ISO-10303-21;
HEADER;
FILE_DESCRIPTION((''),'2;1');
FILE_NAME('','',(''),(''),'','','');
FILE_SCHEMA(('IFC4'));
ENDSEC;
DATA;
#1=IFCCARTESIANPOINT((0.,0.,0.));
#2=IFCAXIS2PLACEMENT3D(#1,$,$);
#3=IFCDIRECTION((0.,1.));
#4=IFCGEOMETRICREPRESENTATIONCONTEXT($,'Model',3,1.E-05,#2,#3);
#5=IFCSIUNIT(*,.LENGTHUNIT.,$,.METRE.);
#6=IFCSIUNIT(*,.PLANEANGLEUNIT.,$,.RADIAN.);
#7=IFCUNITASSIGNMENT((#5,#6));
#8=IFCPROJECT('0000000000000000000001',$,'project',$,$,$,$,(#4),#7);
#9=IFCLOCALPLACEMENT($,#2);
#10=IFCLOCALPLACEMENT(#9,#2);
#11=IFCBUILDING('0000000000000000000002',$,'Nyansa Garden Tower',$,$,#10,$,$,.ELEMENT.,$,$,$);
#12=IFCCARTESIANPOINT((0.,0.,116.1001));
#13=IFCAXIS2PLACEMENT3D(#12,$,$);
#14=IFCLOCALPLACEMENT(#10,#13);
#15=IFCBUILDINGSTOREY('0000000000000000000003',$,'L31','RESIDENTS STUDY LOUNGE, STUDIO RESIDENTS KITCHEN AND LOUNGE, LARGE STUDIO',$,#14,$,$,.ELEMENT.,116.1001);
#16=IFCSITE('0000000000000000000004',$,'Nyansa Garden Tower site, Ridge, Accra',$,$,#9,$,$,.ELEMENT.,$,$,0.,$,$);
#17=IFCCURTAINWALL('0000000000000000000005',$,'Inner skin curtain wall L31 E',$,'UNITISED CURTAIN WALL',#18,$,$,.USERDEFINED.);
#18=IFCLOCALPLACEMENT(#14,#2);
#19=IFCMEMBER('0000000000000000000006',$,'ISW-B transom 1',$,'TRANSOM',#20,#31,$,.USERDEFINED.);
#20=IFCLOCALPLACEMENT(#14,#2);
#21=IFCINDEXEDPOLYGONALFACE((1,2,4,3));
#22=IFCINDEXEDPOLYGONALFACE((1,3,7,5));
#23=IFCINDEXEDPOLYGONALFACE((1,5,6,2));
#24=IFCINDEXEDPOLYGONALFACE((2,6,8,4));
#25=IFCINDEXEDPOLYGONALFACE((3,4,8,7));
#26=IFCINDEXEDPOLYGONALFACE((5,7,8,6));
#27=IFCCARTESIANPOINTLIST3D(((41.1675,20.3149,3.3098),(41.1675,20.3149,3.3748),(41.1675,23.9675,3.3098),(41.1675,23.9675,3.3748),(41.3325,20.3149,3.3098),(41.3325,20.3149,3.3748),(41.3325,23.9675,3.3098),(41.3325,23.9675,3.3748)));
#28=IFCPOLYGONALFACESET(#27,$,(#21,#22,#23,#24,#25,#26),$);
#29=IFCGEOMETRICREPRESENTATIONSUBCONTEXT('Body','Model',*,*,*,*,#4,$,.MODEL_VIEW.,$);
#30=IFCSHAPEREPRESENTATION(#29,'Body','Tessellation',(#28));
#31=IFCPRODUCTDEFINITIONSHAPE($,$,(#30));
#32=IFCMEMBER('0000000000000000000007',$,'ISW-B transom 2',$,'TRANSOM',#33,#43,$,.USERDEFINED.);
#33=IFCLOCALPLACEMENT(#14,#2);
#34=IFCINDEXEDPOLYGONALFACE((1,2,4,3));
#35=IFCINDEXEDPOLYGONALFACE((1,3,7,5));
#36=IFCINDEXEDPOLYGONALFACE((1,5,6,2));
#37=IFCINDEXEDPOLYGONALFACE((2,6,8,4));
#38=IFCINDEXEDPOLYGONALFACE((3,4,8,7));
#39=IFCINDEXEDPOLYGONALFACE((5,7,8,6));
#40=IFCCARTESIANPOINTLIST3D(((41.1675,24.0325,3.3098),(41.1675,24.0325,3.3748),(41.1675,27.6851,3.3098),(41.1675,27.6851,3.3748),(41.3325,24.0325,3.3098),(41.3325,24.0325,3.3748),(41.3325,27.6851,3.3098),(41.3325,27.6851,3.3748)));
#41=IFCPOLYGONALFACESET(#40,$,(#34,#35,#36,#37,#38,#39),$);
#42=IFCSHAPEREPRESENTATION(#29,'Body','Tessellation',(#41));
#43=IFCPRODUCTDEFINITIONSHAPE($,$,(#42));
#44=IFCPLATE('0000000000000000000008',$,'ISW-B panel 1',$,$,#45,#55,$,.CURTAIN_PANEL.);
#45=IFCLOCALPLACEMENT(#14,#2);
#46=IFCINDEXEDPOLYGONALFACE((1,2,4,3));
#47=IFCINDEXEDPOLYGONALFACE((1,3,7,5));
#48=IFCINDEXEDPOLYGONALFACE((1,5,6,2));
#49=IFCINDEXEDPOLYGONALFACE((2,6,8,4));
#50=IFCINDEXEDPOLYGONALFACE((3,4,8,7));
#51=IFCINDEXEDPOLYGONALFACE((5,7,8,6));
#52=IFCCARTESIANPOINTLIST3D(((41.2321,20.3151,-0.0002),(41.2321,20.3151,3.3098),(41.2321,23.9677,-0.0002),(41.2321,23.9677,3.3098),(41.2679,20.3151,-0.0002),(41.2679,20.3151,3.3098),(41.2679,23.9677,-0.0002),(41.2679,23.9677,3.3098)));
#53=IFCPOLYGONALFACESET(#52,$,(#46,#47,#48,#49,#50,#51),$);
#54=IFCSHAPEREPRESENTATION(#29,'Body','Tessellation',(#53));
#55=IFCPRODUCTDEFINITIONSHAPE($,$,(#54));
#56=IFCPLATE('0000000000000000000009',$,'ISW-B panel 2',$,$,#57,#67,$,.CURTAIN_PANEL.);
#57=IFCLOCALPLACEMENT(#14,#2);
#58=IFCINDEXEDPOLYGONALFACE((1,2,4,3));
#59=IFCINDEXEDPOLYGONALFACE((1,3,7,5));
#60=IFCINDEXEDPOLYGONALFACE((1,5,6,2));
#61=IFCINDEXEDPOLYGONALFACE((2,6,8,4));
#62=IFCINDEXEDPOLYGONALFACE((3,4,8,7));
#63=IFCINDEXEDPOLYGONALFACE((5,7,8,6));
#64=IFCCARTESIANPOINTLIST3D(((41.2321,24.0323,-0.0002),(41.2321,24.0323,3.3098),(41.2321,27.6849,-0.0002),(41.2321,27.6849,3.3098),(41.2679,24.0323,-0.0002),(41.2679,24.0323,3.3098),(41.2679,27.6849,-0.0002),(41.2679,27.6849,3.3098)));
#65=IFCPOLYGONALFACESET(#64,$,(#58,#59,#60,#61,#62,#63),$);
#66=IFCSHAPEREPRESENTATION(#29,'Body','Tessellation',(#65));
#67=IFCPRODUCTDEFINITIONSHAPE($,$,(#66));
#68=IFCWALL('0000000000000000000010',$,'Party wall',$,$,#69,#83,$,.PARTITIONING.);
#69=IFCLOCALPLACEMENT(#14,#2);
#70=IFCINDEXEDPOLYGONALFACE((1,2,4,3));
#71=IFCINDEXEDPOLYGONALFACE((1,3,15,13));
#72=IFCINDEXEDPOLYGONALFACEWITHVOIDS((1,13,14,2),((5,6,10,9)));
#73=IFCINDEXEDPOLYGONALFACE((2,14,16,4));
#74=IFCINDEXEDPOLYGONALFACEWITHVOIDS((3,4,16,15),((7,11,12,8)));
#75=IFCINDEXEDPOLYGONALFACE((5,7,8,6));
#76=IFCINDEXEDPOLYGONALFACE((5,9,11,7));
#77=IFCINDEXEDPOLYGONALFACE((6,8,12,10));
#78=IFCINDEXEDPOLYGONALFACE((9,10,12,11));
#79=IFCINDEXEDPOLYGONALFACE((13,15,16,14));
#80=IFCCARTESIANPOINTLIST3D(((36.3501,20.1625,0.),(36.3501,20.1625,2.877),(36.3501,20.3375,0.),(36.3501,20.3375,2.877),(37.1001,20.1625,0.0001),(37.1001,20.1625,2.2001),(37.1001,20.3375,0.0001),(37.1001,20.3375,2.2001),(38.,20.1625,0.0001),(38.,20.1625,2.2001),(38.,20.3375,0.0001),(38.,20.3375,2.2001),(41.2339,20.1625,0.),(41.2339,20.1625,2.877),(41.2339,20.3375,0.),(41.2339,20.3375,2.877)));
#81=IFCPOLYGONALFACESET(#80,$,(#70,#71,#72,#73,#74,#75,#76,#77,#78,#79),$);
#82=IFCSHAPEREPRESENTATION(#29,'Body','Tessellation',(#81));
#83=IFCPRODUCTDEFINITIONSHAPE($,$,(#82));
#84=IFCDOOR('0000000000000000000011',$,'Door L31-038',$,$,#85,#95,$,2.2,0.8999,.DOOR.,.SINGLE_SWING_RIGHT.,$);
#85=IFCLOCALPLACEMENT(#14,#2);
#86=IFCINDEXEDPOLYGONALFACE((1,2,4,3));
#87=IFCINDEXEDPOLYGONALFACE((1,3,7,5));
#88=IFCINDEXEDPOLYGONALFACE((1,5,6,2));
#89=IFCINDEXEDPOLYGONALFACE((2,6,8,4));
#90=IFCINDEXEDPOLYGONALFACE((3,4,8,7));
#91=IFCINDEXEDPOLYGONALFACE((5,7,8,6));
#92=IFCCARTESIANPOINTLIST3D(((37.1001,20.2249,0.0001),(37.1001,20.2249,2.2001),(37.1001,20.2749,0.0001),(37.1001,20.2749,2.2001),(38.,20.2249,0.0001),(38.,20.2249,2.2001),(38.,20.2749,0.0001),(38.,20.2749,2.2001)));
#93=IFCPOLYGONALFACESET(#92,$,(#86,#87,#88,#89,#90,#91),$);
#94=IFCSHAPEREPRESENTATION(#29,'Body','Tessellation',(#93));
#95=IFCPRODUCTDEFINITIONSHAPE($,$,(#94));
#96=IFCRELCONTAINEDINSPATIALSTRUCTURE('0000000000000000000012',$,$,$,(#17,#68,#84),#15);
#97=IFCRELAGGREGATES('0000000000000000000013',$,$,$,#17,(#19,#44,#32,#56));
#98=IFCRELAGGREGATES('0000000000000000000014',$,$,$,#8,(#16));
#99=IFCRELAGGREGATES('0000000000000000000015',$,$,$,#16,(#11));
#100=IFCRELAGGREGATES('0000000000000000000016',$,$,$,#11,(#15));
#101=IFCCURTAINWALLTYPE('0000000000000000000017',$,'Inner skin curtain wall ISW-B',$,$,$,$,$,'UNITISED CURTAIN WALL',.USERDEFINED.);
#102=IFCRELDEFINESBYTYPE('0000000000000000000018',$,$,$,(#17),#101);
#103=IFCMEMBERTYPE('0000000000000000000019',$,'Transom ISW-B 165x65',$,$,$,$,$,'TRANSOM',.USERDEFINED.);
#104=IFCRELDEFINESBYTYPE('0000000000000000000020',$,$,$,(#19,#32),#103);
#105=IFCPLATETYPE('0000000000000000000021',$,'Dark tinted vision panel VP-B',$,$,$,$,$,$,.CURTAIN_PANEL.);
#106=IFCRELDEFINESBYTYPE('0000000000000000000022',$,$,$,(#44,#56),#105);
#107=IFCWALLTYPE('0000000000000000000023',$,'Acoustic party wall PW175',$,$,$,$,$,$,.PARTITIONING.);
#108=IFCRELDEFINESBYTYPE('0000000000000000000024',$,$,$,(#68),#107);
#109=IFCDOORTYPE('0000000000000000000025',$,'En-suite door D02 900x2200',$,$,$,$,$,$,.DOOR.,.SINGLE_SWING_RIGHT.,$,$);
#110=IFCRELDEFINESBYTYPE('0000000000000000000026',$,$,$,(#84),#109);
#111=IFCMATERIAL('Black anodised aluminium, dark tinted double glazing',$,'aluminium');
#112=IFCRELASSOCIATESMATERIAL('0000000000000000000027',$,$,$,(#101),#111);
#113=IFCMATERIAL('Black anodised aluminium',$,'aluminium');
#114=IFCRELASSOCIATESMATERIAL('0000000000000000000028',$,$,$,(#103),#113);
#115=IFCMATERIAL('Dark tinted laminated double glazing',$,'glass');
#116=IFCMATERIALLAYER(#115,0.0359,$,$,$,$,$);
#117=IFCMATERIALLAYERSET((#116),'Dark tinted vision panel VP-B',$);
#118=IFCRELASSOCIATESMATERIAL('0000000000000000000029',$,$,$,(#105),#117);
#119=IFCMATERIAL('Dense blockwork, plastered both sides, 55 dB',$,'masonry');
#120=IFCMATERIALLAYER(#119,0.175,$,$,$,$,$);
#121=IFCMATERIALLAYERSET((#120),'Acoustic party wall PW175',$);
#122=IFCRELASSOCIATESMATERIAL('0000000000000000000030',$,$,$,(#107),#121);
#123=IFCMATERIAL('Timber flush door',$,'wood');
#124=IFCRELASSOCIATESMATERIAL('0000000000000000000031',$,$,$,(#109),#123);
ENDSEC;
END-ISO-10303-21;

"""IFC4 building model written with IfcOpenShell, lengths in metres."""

from ifc_helpers import new_model, si_unit, direction, frame, frame_2d, origin, origin_2d, place, context, subcontext, project, spatial, rectangle, extrude, material, layer, layer_set, material_profile, profile_set, type_object, element, fill, aggregate, save


model = new_model("IFC4")

# Units and contexts
model_context = context("Model", 3, precision=1e-05, world=origin(), true_north=direction((0.0, 1.0)))
body_context = subcontext(model_context, "Body", "Model", "MODEL_VIEW")
ifc_project = project(units=[si_unit("LENGTHUNIT", "METRE"), si_unit("PLANEANGLEUNIT", "RADIAN")], contexts=[model_context])

# Site, building, storey
site_placement = place(None, origin())
site = spatial("IfcSite", under=ifc_project, at=site_placement, Name="Nyansa Garden Tower site, Ridge, Accra", CompositionType="ELEMENT", RefElevation=0.0)
building_placement = place(site_placement, origin())
building = spatial("IfcBuilding", under=site, at=building_placement, Name="Nyansa Garden Tower", CompositionType="ELEMENT")
storey_placement = place(building_placement, frame((0.0, 0.0, 116.1001)))
storey = spatial("IfcBuildingStorey", under=building, at=storey_placement, Name="L31", Description="RESIDENTS STUDY LOUNGE, STUDIO RESIDENTS KITCHEN AND LOUNGE, LARGE STUDIO", CompositionType="ELEMENT", Elevation=116.1001)

# Curtain wall
ifc_material_1 = material(Name="Black anodised aluminium, dark tinted double glazing", Category="aluminium")
curtain_wall_type = type_object("IfcCurtainWallType", Name="Inner skin curtain wall ISW-B", ElementType="UNITISED CURTAIN WALL", PredefinedType="USERDEFINED", material=ifc_material_1)
curtain_wall_placement = place(storey_placement, origin())
curtain_wall = element("IfcCurtainWall", 1, at=curtain_wall_placement, inside=storey, type_object=curtain_wall_type, Name="Inner skin curtain wall L31 E", ObjectType="UNITISED CURTAIN WALL", PredefinedType="USERDEFINED")

# Members
ifc_material_2 = material(Name="Black anodised aluminium", Category="aluminium")
ifc_material_profile_1 = material_profile(ifc_material_2, rectangle(XDim=0.165, YDim=0.0649, at=origin_2d()), Name="Transom 165x65")
ifc_profile_set_1 = profile_set([ifc_material_profile_1], Name="Black anodised aluminium")
member_type_1 = type_object("IfcMemberType", Name="Transom ISW-B 165x65", ElementType="TRANSOM", PredefinedType="USERDEFINED", material=ifc_profile_set_1)
member_1_placement = place(storey_placement, frame((41.25, 20.3149, 3.3423), z_axis=(0.0, 1.0, 0.0), x_axis=(-1.0, 0.0, 0.0)))
member_1 = element("IfcMember", 2, at=member_1_placement, type_object=member_type_1, Name="ISW-B transom 1", ObjectType="TRANSOM", PredefinedType="USERDEFINED", context=body_context, shape_type="SweptSolid", body=[
    extrude(rectangle(XDim=0.165, YDim=0.0649, at=origin_2d()), origin(), (0.0, 0.0, 1.0), 3.6526),
])
member_2_placement = place(storey_placement, frame((41.25, 24.0325, 3.3423), z_axis=(0.0, 1.0, 0.0), x_axis=(-1.0, 0.0, 0.0)))
member_2 = element("IfcMember", 3, at=member_2_placement, type_object=member_type_1, Name="ISW-B transom 2", ObjectType="TRANSOM", PredefinedType="USERDEFINED", context=body_context, shape_type="SweptSolid", body=[
    extrude(rectangle(XDim=0.165, YDim=0.0649, at=origin_2d()), origin(), (0.0, 0.0, 1.0), 3.6526),
])

# Plates
ifc_material_3 = material(Name="Dark tinted laminated double glazing", Category="glass")
ifc_layer_1 = layer(ifc_material_3, 0.0359)
ifc_layer_set_1 = layer_set([ifc_layer_1], Name="Dark tinted vision panel VP-B")
plate_type = type_object("IfcPlateType", Name="Dark tinted vision panel VP-B", PredefinedType="CURTAIN_PANEL", material=ifc_layer_set_1)
plate_1_placement = place(storey_placement, frame((41.25, 22.1414, -0.0002), z_axis=(0.0, 0.0, 1.0), x_axis=(0.0, 1.0, 0.0)))
plate_1 = element("IfcPlate", 4, at=plate_1_placement, type_object=plate_type, Name="ISW-B panel 1", PredefinedType="CURTAIN_PANEL", context=body_context, shape_type="SweptSolid", body=[
    extrude(rectangle(XDim=3.6526, YDim=0.0359, at=origin_2d()), origin(), (0.0, 0.0, 1.0), 3.3101),
])
plate_2_placement = place(storey_placement, frame((41.25, 25.8586, -0.0002), z_axis=(0.0, 0.0, 1.0), x_axis=(0.0, 1.0, 0.0)))
plate_2 = element("IfcPlate", 5, at=plate_2_placement, type_object=plate_type, Name="ISW-B panel 2", PredefinedType="CURTAIN_PANEL", context=body_context, shape_type="SweptSolid", body=[
    extrude(rectangle(XDim=3.6526, YDim=0.0359, at=origin_2d()), origin(), (0.0, 0.0, 1.0), 3.3101),
])
aggregate(curtain_wall, [member_1, plate_1, member_2, plate_2])

# Wall, opening, door
ifc_material_4 = material(Name="Dense blockwork, plastered both sides, 55 dB", Category="masonry")
ifc_layer_2 = layer(ifc_material_4, 0.175)
ifc_layer_set_2 = layer_set([ifc_layer_2], Name="Acoustic party wall PW175")
wall_type_1 = type_object("IfcWallType", Name="Acoustic party wall PW175", PredefinedType="PARTITIONING", material=ifc_layer_set_2)
wall_1_placement = place(storey_placement, frame((36.3501, 20.25, 0.0), z_axis=(0.0, 0.0, 1.0), x_axis=(1.0, 0.0, 0.0)))
wall_1 = element("IfcWall", 6, at=wall_1_placement, inside=storey, type_object=wall_type_1, Name="Party wall", PredefinedType="PARTITIONING", context=body_context, shape_type="SweptSolid", body=[
    extrude(rectangle(XDim=4.8838, YDim=0.175, at=frame_2d((2.4419, 0.0))), origin(), (0.0, 0.0, 1.0), 2.877),
])
opening_1_placement = place(wall_1_placement, frame((0.75, 0.0, 0.0)))
opening_1 = element("IfcOpeningElement", 7, at=opening_1_placement, cuts=wall_1, PredefinedType="OPENING", context=body_context, shape_type="SweptSolid", body=[
    extrude(rectangle(XDim=0.8999, YDim=2.2, at=frame_2d((0.45, 1.1001))), frame((0.0, 0.0974, 0.0), z_axis=(0.0, -1.0, 0.0), x_axis=(1.0, 0.0, 0.0)), (0.0, 0.0, 1.0), 0.1951),
])
ifc_material_5 = material(Name="Timber flush door", Category="wood")
door_type_1 = type_object("IfcDoorType", Name="En-suite door D02 900x2200", OperationType="SINGLE_SWING_RIGHT", PredefinedType="DOOR", material=ifc_material_5)
door_1_placement = place(opening_1_placement, origin())
door_1 = element("IfcDoor", 8, at=door_1_placement, inside=storey, type_object=door_type_1, Name="Door L31-038", OperationType="SINGLE_SWING_RIGHT", OverallHeight=2.2, OverallWidth=0.8999, PredefinedType="DOOR", context=body_context, shape_type="SweptSolid", body=[
    extrude(rectangle(XDim=0.8999, YDim=2.2, at=frame_2d((0.45, 1.1001))), frame((0.0, 0.0249, 0.0), z_axis=(0.0, -1.0, 0.0), x_axis=(1.0, 0.0, 0.0)), (0.0, 0.0, 1.0), 0.05),
])
fill(opening_1, door_1)

save(model, "model.ifc")
